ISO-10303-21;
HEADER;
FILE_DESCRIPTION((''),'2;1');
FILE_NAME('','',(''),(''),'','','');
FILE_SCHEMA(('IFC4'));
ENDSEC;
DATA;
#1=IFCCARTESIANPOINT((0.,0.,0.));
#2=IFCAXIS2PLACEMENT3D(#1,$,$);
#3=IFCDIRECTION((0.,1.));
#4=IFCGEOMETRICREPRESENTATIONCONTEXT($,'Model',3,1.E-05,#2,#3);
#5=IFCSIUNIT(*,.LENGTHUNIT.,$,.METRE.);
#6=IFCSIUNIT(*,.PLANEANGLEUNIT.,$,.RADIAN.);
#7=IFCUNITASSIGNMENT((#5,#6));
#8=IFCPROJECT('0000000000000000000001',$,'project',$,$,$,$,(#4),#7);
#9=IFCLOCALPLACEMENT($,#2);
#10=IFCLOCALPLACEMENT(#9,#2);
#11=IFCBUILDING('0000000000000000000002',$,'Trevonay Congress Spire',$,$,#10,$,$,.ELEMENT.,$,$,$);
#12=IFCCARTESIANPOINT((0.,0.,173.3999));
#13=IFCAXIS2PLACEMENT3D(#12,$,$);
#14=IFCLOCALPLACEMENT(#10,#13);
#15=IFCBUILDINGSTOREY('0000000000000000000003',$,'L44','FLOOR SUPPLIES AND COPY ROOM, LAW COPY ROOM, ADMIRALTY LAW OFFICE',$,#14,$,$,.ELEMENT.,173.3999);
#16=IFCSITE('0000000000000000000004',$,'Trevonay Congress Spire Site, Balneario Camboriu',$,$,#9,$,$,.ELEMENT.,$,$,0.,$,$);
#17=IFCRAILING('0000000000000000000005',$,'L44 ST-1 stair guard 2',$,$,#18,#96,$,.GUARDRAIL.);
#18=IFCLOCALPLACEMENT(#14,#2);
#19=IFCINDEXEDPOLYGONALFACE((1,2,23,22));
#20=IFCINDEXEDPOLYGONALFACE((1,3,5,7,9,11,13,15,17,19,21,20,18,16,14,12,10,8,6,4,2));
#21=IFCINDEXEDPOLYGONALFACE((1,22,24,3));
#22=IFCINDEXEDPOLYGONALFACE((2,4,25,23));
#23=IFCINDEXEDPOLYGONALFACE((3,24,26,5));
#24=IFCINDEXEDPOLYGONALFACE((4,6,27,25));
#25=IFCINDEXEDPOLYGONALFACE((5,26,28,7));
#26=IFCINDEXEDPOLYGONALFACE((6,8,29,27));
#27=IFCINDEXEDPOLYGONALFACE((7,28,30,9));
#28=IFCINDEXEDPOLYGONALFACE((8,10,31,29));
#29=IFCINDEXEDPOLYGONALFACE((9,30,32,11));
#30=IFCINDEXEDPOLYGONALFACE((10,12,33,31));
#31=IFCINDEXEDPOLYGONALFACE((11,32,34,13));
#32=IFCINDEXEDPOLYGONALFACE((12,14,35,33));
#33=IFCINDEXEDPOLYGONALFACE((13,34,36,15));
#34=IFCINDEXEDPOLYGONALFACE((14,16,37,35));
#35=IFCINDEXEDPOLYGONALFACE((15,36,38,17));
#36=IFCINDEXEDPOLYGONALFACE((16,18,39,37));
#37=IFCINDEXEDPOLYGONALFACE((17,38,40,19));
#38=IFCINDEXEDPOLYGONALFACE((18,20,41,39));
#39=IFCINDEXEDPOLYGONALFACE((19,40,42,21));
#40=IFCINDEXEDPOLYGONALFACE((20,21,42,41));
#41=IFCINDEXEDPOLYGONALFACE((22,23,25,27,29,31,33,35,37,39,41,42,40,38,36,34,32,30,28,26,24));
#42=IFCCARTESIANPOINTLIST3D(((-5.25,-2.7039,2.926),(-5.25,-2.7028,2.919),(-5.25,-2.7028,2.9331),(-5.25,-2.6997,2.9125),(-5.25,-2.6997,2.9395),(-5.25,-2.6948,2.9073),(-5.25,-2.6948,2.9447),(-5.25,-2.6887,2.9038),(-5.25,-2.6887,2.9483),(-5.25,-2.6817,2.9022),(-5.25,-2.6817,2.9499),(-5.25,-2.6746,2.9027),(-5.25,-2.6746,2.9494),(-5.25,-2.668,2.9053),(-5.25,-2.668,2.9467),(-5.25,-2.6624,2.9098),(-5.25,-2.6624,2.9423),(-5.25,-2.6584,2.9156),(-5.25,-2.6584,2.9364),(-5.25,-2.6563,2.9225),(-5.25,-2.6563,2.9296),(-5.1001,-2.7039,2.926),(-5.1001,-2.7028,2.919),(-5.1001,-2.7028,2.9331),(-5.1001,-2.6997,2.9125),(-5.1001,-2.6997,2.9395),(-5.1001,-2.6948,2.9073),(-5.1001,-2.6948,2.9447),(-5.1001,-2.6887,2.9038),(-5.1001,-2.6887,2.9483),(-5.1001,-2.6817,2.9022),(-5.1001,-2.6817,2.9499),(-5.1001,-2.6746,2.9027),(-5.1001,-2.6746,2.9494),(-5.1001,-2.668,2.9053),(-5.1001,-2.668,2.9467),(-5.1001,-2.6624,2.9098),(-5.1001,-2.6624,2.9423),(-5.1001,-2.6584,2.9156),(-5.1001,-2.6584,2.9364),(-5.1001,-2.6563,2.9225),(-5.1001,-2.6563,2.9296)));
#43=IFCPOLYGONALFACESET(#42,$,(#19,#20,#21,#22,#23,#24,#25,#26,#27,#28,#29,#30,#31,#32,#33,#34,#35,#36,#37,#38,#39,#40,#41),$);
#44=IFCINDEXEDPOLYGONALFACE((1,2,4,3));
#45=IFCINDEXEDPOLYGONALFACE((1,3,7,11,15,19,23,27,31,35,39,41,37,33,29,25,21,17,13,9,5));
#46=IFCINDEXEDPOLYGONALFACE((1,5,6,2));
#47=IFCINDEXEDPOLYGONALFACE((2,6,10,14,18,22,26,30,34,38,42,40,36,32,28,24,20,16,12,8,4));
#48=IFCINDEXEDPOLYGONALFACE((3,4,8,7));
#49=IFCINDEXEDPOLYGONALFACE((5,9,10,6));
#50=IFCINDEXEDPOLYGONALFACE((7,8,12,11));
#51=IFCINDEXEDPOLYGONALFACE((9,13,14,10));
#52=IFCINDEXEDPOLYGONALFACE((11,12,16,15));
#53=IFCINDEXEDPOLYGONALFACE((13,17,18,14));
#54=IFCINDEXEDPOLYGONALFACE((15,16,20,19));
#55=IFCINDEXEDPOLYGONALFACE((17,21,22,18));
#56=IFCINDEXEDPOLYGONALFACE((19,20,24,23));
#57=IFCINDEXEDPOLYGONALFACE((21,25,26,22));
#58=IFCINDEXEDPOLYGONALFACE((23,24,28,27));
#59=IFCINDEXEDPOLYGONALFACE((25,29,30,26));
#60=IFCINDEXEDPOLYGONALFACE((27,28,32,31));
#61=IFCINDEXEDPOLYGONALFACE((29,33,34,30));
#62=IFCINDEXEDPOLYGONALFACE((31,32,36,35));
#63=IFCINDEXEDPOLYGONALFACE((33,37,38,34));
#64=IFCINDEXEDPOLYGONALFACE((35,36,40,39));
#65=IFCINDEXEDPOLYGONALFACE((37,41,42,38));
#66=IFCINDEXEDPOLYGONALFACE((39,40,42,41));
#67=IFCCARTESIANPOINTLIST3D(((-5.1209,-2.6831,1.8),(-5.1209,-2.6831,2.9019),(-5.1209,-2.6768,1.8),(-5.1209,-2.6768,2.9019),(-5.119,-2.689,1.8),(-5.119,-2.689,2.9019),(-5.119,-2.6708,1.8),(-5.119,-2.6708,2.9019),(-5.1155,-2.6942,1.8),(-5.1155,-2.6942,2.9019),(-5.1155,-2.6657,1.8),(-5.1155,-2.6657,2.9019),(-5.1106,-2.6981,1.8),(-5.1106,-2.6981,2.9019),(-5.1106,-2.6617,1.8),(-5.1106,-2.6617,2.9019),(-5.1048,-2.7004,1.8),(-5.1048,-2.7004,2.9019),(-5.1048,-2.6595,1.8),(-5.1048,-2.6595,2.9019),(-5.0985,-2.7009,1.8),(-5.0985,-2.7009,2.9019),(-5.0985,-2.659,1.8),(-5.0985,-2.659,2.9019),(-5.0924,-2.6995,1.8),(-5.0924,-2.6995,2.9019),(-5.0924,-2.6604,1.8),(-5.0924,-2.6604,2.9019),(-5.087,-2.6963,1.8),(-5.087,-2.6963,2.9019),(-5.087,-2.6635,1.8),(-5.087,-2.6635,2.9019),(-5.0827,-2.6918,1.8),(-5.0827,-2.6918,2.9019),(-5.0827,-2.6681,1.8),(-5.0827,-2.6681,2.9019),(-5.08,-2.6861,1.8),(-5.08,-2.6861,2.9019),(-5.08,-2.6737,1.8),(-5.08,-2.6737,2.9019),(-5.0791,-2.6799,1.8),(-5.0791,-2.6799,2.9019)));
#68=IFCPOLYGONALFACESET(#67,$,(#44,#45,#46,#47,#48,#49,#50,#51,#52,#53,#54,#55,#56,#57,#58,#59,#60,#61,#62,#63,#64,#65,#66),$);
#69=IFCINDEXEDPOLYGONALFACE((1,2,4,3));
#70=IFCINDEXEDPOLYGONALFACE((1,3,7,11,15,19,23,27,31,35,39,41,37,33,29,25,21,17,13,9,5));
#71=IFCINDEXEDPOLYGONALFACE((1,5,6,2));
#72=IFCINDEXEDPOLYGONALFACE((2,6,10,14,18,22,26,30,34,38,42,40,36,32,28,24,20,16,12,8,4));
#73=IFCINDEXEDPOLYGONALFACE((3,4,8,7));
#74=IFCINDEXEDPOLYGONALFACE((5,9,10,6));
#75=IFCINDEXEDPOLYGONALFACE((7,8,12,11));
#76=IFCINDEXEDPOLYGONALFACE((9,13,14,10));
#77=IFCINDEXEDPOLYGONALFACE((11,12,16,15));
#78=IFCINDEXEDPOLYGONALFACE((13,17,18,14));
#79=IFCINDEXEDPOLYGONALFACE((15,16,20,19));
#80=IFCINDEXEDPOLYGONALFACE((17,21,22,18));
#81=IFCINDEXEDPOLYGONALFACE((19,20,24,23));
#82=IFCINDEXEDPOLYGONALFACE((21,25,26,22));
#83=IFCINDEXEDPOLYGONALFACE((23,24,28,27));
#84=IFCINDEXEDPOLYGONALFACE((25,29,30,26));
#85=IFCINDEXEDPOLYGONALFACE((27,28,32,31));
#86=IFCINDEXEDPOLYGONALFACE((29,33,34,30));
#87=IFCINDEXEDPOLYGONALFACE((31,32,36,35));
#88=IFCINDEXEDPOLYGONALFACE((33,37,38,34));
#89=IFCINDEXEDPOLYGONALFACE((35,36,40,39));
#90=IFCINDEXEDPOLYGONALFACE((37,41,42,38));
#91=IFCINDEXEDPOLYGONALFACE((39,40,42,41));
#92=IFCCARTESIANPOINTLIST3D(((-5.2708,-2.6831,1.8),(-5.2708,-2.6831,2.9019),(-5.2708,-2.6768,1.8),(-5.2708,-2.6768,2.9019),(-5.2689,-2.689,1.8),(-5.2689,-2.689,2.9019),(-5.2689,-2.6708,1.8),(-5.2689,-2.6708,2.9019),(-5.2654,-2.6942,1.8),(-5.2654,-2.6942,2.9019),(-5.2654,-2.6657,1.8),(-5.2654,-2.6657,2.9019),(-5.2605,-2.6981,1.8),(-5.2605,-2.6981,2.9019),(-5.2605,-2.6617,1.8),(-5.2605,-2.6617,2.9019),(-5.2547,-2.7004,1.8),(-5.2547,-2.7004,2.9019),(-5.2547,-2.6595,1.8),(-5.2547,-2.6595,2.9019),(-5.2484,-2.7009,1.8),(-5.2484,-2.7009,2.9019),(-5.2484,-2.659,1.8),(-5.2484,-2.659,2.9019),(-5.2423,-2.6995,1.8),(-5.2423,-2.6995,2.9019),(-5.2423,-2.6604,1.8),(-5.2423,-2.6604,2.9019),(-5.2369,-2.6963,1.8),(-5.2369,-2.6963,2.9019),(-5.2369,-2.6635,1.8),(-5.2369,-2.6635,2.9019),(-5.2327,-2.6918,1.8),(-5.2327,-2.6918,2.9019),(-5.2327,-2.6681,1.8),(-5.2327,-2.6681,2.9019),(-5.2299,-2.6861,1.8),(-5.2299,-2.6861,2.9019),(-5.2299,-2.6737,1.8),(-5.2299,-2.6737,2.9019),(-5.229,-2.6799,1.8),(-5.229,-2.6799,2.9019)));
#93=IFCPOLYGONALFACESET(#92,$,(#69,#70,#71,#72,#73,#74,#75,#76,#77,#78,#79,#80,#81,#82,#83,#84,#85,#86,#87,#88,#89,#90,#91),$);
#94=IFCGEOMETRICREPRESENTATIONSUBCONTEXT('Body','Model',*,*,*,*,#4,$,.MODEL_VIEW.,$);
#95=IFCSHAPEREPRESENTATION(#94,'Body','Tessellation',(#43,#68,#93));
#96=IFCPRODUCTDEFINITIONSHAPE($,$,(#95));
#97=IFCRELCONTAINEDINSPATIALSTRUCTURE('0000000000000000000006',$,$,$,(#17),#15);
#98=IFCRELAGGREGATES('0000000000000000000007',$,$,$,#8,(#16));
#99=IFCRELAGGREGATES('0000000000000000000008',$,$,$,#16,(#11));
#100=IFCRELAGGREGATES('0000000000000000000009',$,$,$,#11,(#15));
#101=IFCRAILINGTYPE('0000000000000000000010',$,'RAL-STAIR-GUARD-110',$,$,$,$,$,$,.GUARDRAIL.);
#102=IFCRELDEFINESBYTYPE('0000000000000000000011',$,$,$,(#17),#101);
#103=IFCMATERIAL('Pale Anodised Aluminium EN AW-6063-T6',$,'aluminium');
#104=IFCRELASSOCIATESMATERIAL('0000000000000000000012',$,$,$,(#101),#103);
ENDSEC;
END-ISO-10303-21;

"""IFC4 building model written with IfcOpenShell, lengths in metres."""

from ifc_helpers import new_model, si_unit, direction, frame, origin, origin_2d, place, context, subcontext, project, spatial, circle, extrude, material, type_object, element, save


model = new_model("IFC4")

# Units and contexts
model_context = context("Model", 3, precision=1e-05, world=origin(), true_north=direction((0.0, 1.0)))
body_context = subcontext(model_context, "Body", "Model", "MODEL_VIEW")
ifc_project = project(units=[si_unit("LENGTHUNIT", "METRE"), si_unit("PLANEANGLEUNIT", "RADIAN")], contexts=[model_context])

# Site, building, storey
site_placement = place(None, origin())
site = spatial("IfcSite", under=ifc_project, at=site_placement, Name="Trevonay Congress Spire Site, Balneario Camboriu", CompositionType="ELEMENT", RefElevation=0.0)
building_placement = place(site_placement, origin())
building = spatial("IfcBuilding", under=site, at=building_placement, Name="Trevonay Congress Spire", CompositionType="ELEMENT")
storey_placement = place(building_placement, frame((0.0, 0.0, 173.3999)))
storey = spatial("IfcBuildingStorey", under=building, at=storey_placement, Name="L44", Description="FLOOR SUPPLIES AND COPY ROOM, LAW COPY ROOM, ADMIRALTY LAW OFFICE", CompositionType="ELEMENT", Elevation=173.3999)

# Railing
ifc_material_1 = material(Name="Pale Anodised Aluminium EN AW-6063-T6", Category="aluminium")
railing_type_1 = type_object("IfcRailingType", Name="RAL-STAIR-GUARD-110", PredefinedType="GUARDRAIL", material=ifc_material_1)
railing_1_placement = place(storey_placement, frame((-5.1001, -2.6799, 1.8)))
element("IfcRailing", 1, at=railing_1_placement, inside=storey, type_object=railing_type_1, Name="L44 ST-1 stair guard 2", PredefinedType="GUARDRAIL", context=body_context, shape_type="SweptSolid", body=[
    extrude(circle(Radius=0.0239, at=origin_2d()), frame((0.0, 0.0, 1.126), z_axis=(-1.0, 0.0, 0.0), x_axis=(0.0, -1.0, 0.0)), (0.0, 0.0, 1.0), 0.1499),
    extrude(circle(Radius=0.021, at=origin_2d()), origin(), (0.0, 0.0, 1.0), 1.1018),
    extrude(circle(Radius=0.021, at=origin_2d()), frame((-0.1499, 0.0, 0.0)), (0.0, 0.0, 1.0), 1.1018),
])

save(model, "model.ifc")
